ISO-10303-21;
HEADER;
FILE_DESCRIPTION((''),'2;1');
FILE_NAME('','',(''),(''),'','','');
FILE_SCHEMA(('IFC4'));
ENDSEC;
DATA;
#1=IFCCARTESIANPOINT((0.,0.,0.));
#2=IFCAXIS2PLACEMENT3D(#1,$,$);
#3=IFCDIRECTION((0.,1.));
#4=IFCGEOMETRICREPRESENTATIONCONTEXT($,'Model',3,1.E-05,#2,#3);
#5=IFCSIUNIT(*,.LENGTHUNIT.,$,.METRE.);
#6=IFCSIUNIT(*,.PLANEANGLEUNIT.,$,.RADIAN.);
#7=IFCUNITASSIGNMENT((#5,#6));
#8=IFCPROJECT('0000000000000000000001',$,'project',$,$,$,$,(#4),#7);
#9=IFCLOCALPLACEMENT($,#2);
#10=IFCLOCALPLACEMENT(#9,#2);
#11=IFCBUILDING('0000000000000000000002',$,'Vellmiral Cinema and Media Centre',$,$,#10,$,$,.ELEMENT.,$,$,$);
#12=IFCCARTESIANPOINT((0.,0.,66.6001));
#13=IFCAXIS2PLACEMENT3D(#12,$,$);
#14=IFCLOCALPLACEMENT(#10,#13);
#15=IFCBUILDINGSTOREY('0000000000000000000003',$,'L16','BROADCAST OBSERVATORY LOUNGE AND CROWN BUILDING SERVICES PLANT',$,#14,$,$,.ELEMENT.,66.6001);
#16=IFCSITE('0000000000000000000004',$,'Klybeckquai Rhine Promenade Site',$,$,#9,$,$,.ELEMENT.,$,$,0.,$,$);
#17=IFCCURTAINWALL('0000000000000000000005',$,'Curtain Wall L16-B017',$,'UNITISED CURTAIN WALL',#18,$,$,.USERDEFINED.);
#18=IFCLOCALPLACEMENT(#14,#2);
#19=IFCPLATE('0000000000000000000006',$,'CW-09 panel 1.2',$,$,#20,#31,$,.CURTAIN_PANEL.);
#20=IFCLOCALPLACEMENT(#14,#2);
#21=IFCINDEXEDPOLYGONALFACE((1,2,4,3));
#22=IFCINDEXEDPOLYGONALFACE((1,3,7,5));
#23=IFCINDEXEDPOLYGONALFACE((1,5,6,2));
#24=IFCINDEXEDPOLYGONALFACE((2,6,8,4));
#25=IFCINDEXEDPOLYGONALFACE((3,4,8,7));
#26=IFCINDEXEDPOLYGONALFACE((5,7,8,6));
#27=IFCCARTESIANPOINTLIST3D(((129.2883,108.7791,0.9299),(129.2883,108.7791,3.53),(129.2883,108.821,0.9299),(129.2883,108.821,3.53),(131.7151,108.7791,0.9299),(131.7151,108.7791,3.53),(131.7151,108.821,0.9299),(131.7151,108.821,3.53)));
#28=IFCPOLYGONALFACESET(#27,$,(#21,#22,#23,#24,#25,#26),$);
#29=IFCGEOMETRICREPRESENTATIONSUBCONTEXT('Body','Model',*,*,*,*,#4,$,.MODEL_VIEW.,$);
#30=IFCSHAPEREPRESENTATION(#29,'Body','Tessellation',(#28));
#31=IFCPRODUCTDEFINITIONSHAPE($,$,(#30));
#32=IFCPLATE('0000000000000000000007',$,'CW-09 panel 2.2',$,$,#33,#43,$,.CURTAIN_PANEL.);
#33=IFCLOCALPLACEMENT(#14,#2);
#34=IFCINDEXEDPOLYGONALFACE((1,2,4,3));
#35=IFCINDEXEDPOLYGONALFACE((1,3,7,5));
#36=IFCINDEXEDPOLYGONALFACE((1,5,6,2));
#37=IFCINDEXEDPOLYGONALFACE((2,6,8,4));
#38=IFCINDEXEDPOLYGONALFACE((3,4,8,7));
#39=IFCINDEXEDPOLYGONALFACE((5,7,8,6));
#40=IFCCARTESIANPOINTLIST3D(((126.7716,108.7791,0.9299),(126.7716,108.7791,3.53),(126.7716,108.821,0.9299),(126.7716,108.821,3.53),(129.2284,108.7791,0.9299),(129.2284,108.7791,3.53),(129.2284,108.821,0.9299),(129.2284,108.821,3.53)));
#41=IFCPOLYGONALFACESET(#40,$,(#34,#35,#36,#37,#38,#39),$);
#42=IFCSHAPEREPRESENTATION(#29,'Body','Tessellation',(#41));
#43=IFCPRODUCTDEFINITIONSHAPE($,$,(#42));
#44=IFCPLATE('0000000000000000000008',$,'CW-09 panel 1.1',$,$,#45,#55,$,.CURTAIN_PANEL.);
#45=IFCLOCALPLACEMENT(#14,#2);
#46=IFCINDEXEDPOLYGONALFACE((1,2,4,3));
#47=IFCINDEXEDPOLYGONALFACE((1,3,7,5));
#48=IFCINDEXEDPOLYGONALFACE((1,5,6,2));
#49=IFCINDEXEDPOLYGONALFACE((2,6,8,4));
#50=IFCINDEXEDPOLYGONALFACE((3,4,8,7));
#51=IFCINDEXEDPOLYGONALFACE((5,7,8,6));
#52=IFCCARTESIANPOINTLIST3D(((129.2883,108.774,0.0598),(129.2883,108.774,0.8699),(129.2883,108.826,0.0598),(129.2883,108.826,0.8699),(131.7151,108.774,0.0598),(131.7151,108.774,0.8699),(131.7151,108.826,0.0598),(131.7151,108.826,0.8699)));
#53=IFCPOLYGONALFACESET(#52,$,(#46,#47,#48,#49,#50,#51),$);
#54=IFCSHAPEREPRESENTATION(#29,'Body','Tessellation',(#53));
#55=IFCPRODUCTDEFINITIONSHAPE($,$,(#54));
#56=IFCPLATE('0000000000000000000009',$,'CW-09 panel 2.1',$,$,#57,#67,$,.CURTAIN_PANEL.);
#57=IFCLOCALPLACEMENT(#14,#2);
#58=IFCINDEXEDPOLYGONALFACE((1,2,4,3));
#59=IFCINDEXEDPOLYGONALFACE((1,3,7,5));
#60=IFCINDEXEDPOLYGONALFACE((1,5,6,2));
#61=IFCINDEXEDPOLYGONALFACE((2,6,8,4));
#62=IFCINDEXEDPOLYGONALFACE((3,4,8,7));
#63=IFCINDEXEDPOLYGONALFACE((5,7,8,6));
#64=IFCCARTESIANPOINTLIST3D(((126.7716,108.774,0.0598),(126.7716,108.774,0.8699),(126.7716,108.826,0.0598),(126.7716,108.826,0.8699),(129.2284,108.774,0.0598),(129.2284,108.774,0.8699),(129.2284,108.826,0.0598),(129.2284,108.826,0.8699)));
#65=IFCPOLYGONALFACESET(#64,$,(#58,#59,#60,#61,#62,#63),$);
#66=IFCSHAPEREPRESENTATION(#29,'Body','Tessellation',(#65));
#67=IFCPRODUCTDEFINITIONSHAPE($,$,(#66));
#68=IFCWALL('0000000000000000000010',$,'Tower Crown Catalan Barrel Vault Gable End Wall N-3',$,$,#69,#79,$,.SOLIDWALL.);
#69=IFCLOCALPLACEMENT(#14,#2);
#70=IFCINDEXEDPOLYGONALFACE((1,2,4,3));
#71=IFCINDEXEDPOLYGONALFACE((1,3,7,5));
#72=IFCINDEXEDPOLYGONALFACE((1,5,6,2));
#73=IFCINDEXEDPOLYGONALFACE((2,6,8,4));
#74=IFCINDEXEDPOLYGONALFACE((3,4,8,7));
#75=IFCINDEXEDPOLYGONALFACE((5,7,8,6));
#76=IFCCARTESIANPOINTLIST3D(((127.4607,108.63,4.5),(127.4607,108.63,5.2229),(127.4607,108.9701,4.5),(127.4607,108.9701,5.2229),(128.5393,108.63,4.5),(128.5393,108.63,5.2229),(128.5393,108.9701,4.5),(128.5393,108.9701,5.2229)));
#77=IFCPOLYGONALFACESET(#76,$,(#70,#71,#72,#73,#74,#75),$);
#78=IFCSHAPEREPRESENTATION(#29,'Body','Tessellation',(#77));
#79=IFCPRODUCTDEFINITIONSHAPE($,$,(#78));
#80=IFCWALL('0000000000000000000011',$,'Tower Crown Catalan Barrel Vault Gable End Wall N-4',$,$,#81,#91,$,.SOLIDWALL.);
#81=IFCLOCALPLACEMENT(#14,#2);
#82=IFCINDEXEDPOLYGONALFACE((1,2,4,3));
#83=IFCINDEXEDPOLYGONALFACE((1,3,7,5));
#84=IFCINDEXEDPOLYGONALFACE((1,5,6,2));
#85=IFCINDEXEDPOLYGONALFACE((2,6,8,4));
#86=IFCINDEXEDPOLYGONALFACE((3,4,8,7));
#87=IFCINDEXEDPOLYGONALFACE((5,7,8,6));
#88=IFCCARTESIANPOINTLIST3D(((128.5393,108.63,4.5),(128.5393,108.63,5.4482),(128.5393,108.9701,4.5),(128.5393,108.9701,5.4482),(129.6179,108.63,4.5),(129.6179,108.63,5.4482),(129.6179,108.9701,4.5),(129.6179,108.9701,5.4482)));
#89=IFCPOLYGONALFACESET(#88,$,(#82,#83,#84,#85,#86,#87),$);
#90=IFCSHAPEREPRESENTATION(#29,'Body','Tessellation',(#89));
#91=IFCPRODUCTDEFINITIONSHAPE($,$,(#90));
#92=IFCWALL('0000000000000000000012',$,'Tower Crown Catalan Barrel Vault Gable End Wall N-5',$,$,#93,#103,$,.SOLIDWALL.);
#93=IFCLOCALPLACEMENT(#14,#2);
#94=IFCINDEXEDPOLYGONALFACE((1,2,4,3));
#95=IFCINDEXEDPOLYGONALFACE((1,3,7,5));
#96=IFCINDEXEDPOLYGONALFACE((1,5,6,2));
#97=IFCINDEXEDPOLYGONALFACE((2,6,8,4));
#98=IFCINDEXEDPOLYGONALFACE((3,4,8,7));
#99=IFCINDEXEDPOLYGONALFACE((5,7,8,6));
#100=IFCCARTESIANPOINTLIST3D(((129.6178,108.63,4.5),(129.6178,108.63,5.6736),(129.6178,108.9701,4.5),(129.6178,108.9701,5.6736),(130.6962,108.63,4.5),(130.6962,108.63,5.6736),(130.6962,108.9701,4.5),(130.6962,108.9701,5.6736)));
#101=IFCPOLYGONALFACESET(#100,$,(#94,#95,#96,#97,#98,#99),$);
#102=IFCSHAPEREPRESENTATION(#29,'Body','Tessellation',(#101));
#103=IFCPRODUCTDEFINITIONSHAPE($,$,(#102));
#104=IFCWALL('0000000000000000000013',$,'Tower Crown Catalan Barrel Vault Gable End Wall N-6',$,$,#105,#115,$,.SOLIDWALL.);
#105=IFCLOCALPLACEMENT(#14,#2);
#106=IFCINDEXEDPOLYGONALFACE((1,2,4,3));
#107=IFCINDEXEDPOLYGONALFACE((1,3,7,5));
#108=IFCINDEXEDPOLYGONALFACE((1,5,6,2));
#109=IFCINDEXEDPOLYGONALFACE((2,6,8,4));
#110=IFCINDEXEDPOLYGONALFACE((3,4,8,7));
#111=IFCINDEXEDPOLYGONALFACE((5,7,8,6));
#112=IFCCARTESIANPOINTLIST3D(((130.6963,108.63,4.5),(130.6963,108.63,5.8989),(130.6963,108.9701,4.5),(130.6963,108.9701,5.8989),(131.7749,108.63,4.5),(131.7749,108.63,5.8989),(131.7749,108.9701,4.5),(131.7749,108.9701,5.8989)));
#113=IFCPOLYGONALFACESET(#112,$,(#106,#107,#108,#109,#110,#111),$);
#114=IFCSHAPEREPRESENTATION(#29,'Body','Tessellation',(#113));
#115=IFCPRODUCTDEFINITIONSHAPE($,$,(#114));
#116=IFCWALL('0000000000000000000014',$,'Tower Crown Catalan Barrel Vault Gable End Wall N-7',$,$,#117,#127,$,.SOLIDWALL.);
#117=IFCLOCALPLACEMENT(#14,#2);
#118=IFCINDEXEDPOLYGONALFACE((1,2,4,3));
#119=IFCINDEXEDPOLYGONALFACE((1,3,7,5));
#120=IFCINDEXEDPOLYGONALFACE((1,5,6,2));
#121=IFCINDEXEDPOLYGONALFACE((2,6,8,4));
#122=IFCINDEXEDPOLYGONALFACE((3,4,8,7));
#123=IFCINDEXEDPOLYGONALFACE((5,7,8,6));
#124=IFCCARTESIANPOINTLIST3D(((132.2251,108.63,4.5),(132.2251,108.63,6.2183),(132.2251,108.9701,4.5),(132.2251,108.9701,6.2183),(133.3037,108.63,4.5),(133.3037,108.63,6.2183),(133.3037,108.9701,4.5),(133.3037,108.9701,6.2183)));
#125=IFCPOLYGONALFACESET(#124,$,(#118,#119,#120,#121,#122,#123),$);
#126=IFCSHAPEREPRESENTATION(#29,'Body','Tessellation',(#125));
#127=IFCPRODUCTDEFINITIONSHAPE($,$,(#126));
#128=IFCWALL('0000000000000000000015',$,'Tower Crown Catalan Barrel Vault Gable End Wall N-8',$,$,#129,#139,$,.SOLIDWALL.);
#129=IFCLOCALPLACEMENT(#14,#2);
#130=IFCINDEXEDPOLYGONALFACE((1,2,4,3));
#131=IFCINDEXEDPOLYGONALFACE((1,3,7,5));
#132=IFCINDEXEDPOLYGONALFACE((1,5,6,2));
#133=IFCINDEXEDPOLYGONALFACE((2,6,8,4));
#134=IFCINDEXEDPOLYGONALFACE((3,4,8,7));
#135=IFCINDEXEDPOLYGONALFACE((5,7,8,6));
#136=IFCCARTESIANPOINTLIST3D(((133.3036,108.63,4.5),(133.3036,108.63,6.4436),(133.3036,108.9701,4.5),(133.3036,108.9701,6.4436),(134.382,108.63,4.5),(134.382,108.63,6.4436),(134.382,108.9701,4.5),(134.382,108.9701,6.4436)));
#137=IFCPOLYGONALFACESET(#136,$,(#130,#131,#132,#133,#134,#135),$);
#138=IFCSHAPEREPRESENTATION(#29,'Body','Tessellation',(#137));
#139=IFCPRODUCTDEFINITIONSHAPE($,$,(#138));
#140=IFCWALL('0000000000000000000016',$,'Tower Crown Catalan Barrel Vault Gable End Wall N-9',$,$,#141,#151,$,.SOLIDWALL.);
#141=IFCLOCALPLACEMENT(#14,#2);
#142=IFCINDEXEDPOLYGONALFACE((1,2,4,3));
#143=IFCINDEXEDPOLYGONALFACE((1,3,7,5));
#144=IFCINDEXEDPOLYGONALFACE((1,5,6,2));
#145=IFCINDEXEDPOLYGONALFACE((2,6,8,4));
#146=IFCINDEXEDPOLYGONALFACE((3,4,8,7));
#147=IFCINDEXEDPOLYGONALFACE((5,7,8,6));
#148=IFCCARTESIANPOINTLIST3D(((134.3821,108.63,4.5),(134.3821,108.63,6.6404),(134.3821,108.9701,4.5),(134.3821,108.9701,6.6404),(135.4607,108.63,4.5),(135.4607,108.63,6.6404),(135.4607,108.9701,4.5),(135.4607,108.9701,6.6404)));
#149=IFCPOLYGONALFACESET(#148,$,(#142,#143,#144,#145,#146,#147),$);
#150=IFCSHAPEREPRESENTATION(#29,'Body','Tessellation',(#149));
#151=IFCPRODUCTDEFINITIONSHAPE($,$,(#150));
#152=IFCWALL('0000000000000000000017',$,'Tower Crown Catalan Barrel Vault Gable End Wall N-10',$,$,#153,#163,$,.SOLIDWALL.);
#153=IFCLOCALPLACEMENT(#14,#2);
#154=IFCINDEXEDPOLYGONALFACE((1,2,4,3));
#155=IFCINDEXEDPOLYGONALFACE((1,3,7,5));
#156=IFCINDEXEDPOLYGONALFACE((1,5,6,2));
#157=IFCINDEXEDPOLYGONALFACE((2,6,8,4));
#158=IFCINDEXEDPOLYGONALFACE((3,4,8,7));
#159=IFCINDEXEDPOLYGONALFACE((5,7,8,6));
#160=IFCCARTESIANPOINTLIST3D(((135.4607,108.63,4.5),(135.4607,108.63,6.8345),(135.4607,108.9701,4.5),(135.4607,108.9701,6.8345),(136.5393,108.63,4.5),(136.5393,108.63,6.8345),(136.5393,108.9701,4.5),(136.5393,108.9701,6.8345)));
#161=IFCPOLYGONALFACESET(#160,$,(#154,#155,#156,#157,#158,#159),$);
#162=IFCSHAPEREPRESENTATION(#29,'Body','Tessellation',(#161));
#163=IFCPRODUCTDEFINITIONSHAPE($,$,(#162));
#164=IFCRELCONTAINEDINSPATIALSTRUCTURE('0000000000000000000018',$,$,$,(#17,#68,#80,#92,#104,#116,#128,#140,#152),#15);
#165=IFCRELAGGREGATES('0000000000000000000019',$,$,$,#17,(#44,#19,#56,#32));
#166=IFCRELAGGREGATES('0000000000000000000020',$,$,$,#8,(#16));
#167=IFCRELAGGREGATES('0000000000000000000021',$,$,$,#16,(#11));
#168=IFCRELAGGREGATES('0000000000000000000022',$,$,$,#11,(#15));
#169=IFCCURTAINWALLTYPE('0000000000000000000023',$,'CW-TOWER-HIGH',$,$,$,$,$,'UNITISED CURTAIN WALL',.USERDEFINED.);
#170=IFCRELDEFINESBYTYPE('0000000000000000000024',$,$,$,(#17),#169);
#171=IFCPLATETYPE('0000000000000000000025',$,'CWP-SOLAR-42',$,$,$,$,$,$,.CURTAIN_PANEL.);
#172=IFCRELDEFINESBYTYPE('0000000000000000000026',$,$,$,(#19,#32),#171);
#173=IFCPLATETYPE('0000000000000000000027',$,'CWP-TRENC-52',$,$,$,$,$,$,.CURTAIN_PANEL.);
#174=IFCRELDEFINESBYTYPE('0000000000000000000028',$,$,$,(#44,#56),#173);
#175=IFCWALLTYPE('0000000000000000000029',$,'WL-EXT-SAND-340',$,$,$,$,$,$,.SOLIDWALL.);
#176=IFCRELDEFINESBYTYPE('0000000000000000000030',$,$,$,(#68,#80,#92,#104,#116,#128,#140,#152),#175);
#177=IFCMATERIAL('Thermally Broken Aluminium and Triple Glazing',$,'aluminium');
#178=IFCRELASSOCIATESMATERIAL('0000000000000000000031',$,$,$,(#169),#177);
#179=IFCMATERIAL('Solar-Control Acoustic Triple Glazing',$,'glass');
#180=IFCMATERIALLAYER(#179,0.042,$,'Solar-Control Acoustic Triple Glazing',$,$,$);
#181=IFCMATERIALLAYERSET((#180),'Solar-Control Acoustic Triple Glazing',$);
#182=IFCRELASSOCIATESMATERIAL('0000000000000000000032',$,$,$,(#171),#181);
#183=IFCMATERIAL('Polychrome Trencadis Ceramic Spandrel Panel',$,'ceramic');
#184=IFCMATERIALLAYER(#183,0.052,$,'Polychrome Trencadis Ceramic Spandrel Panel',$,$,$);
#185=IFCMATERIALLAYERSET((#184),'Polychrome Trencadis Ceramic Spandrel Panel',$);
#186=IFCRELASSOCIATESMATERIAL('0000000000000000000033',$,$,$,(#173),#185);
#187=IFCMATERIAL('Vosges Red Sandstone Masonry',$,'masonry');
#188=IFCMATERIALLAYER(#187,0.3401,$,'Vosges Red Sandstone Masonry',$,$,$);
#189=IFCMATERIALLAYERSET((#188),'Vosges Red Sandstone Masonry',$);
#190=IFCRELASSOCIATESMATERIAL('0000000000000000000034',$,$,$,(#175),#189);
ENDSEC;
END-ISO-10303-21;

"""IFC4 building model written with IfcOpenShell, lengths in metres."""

from ifc_helpers import new_model, si_unit, direction, frame, frame_2d, origin, origin_2d, place, context, subcontext, project, spatial, rectangle, extrude, material, layer, layer_set, type_object, element, aggregate, save


model = new_model("IFC4")

# Units and contexts
model_context = context("Model", 3, precision=1e-05, world=origin(), true_north=direction((0.0, 1.0)))
body_context = subcontext(model_context, "Body", "Model", "MODEL_VIEW")
ifc_project = project(units=[si_unit("LENGTHUNIT", "METRE"), si_unit("PLANEANGLEUNIT", "RADIAN")], contexts=[model_context])

# Site, building, storey
site_placement = place(None, origin())
site = spatial("IfcSite", under=ifc_project, at=site_placement, Name="Klybeckquai Rhine Promenade Site", CompositionType="ELEMENT", RefElevation=0.0)
building_placement = place(site_placement, origin())
building = spatial("IfcBuilding", under=site, at=building_placement, Name="Vellmiral Cinema and Media Centre", CompositionType="ELEMENT")
storey_placement = place(building_placement, frame((0.0, 0.0, 66.6001)))
storey = spatial("IfcBuildingStorey", under=building, at=storey_placement, Name="L16", Description="BROADCAST OBSERVATORY LOUNGE AND CROWN BUILDING SERVICES PLANT", CompositionType="ELEMENT", Elevation=66.6001)

# Curtain wall
ifc_material_1 = material(Name="Thermally Broken Aluminium and Triple Glazing", Category="aluminium")
curtain_wall_type = type_object("IfcCurtainWallType", Name="CW-TOWER-HIGH", ElementType="UNITISED CURTAIN WALL", PredefinedType="USERDEFINED", material=ifc_material_1)
curtain_wall_placement = place(storey_placement, origin())
curtain_wall = element("IfcCurtainWall", 1, at=curtain_wall_placement, inside=storey, type_object=curtain_wall_type, Name="Curtain Wall L16-B017", ObjectType="UNITISED CURTAIN WALL", PredefinedType="USERDEFINED")

# Plates
ifc_material_2 = material(Name="Solar-Control Acoustic Triple Glazing", Category="glass")
ifc_layer_1 = layer(ifc_material_2, 0.042, Name="Solar-Control Acoustic Triple Glazing")
ifc_layer_set_1 = layer_set([ifc_layer_1], Name="Solar-Control Acoustic Triple Glazing")
plate_type_1 = type_object("IfcPlateType", Name="CWP-SOLAR-42", PredefinedType="CURTAIN_PANEL", material=ifc_layer_set_1)
plate_1_placement = place(storey_placement, frame((130.5017, 108.8, 0.9299), z_axis=(0.0, 0.0, 1.0), x_axis=(-1.0, 0.0, 0.0)))
plate_1 = element("IfcPlate", 2, at=plate_1_placement, type_object=plate_type_1, Name="CW-09 panel 1.2", PredefinedType="CURTAIN_PANEL", context=body_context, shape_type="SweptSolid", body=[
    extrude(rectangle(XDim=2.4268, YDim=0.042, at=origin_2d()), origin(), (0.0, 0.0, 1.0), 2.6001),
])
plate_2_placement = place(storey_placement, frame((128.0, 108.8, 0.9299), z_axis=(0.0, 0.0, 1.0), x_axis=(-1.0, 0.0, 0.0)))
plate_2 = element("IfcPlate", 3, at=plate_2_placement, type_object=plate_type_1, Name="CW-09 panel 2.2", PredefinedType="CURTAIN_PANEL", context=body_context, shape_type="SweptSolid", body=[
    extrude(rectangle(XDim=2.4568, YDim=0.042, at=origin_2d()), origin(), (0.0, 0.0, 1.0), 2.6001),
])
ifc_material_3 = material(Name="Polychrome Trencadis Ceramic Spandrel Panel", Category="ceramic")
ifc_layer_2 = layer(ifc_material_3, 0.052, Name="Polychrome Trencadis Ceramic Spandrel Panel")
ifc_layer_set_2 = layer_set([ifc_layer_2], Name="Polychrome Trencadis Ceramic Spandrel Panel")
plate_type_2 = type_object("IfcPlateType", Name="CWP-TRENC-52", PredefinedType="CURTAIN_PANEL", material=ifc_layer_set_2)
plate_3_placement = place(storey_placement, frame((130.5017, 108.8, 0.0598), z_axis=(0.0, 0.0, 1.0), x_axis=(-1.0, 0.0, 0.0)))
plate_3 = element("IfcPlate", 4, at=plate_3_placement, type_object=plate_type_2, Name="CW-09 panel 1.1", PredefinedType="CURTAIN_PANEL", context=body_context, shape_type="SweptSolid", body=[
    extrude(rectangle(XDim=2.4268, YDim=0.052, at=origin_2d()), origin(), (0.0, 0.0, 1.0), 0.8101),
])
plate_4_placement = place(storey_placement, frame((128.0, 108.8, 0.0598), z_axis=(0.0, 0.0, 1.0), x_axis=(-1.0, 0.0, 0.0)))
plate_4 = element("IfcPlate", 5, at=plate_4_placement, type_object=plate_type_2, Name="CW-09 panel 2.1", PredefinedType="CURTAIN_PANEL", context=body_context, shape_type="SweptSolid", body=[
    extrude(rectangle(XDim=2.4568, YDim=0.052, at=origin_2d()), origin(), (0.0, 0.0, 1.0), 0.8101),
])
aggregate(curtain_wall, [plate_3, plate_1, plate_4, plate_2])

# Walls
ifc_material_4 = material(Name="Vosges Red Sandstone Masonry", Category="masonry")
ifc_layer_3 = layer(ifc_material_4, 0.3401, Name="Vosges Red Sandstone Masonry")
ifc_layer_set_3 = layer_set([ifc_layer_3], Name="Vosges Red Sandstone Masonry")
wall_type = type_object("IfcWallType", Name="WL-EXT-SAND-340", PredefinedType="SOLIDWALL", material=ifc_layer_set_3)
wall_1_placement = place(storey_placement, frame((127.4607, 108.8, 4.5), z_axis=(0.0, 0.0, 1.0), x_axis=(1.0, 0.0, 0.0)))
element("IfcWall", 6, at=wall_1_placement, inside=storey, type_object=wall_type, Name="Tower Crown Catalan Barrel Vault Gable End Wall N-3", PredefinedType="SOLIDWALL", context=body_context, shape_type="SweptSolid", body=[
    extrude(rectangle(XDim=1.0786, YDim=0.3401, at=frame_2d((0.5393, 0.0))), origin(), (0.0, 0.0, 1.0), 0.7229),
])
wall_2_placement = place(storey_placement, frame((128.5393, 108.8, 4.5), z_axis=(0.0, 0.0, 1.0), x_axis=(1.0, 0.0, 0.0)))
element("IfcWall", 7, at=wall_2_placement, inside=storey, type_object=wall_type, Name="Tower Crown Catalan Barrel Vault Gable End Wall N-4", PredefinedType="SOLIDWALL", context=body_context, shape_type="SweptSolid", body=[
    extrude(rectangle(XDim=1.0786, YDim=0.3401, at=frame_2d((0.5393, 0.0))), origin(), (0.0, 0.0, 1.0), 0.9482),
])
wall_3_placement = place(storey_placement, frame((129.6179, 108.8, 4.5), z_axis=(0.0, 0.0, 1.0), x_axis=(1.0, 0.0, 0.0)))
element("IfcWall", 8, at=wall_3_placement, inside=storey, type_object=wall_type, Name="Tower Crown Catalan Barrel Vault Gable End Wall N-5", PredefinedType="SOLIDWALL", context=body_context, shape_type="SweptSolid", body=[
    extrude(rectangle(XDim=1.0784, YDim=0.3401, at=frame_2d((0.5391, 0.0))), origin(), (0.0, 0.0, 1.0), 1.1736),
])
wall_4_placement = place(storey_placement, frame((130.6963, 108.8, 4.5), z_axis=(0.0, 0.0, 1.0), x_axis=(1.0, 0.0, 0.0)))
element("IfcWall", 9, at=wall_4_placement, inside=storey, type_object=wall_type, Name="Tower Crown Catalan Barrel Vault Gable End Wall N-6", PredefinedType="SOLIDWALL", context=body_context, shape_type="SweptSolid", body=[
    extrude(rectangle(XDim=1.0786, YDim=0.3401, at=frame_2d((0.5393, 0.0))), origin(), (0.0, 0.0, 1.0), 1.3989),
])
wall_5_placement = place(storey_placement, frame((132.2251, 108.8, 4.5), z_axis=(0.0, 0.0, 1.0), x_axis=(1.0, 0.0, 0.0)))
element("IfcWall", 10, at=wall_5_placement, inside=storey, type_object=wall_type, Name="Tower Crown Catalan Barrel Vault Gable End Wall N-7", PredefinedType="SOLIDWALL", context=body_context, shape_type="SweptSolid", body=[
    extrude(rectangle(XDim=1.0786, YDim=0.3401, at=frame_2d((0.5393, 0.0))), origin(), (0.0, 0.0, 1.0), 1.7183),
])
wall_6_placement = place(storey_placement, frame((133.3037, 108.8, 4.5), z_axis=(0.0, 0.0, 1.0), x_axis=(1.0, 0.0, 0.0)))
element("IfcWall", 11, at=wall_6_placement, inside=storey, type_object=wall_type, Name="Tower Crown Catalan Barrel Vault Gable End Wall N-8", PredefinedType="SOLIDWALL", context=body_context, shape_type="SweptSolid", body=[
    extrude(rectangle(XDim=1.0784, YDim=0.3401, at=frame_2d((0.5391, 0.0))), origin(), (0.0, 0.0, 1.0), 1.9436),
])
wall_7_placement = place(storey_placement, frame((134.3821, 108.8, 4.5), z_axis=(0.0, 0.0, 1.0), x_axis=(1.0, 0.0, 0.0)))
element("IfcWall", 12, at=wall_7_placement, inside=storey, type_object=wall_type, Name="Tower Crown Catalan Barrel Vault Gable End Wall N-9", PredefinedType="SOLIDWALL", context=body_context, shape_type="SweptSolid", body=[
    extrude(rectangle(XDim=1.0786, YDim=0.3401, at=frame_2d((0.5393, 0.0))), origin(), (0.0, 0.0, 1.0), 2.1404),
])
wall_8_placement = place(storey_placement, frame((135.4607, 108.8, 4.5), z_axis=(0.0, 0.0, 1.0), x_axis=(1.0, 0.0, 0.0)))
element("IfcWall", 13, at=wall_8_placement, inside=storey, type_object=wall_type, Name="Tower Crown Catalan Barrel Vault Gable End Wall N-10", PredefinedType="SOLIDWALL", context=body_context, shape_type="SweptSolid", body=[
    extrude(rectangle(XDim=1.0786, YDim=0.3401, at=frame_2d((0.5393, 0.0))), origin(), (0.0, 0.0, 1.0), 2.3345),
])

save(model, "model.ifc")
